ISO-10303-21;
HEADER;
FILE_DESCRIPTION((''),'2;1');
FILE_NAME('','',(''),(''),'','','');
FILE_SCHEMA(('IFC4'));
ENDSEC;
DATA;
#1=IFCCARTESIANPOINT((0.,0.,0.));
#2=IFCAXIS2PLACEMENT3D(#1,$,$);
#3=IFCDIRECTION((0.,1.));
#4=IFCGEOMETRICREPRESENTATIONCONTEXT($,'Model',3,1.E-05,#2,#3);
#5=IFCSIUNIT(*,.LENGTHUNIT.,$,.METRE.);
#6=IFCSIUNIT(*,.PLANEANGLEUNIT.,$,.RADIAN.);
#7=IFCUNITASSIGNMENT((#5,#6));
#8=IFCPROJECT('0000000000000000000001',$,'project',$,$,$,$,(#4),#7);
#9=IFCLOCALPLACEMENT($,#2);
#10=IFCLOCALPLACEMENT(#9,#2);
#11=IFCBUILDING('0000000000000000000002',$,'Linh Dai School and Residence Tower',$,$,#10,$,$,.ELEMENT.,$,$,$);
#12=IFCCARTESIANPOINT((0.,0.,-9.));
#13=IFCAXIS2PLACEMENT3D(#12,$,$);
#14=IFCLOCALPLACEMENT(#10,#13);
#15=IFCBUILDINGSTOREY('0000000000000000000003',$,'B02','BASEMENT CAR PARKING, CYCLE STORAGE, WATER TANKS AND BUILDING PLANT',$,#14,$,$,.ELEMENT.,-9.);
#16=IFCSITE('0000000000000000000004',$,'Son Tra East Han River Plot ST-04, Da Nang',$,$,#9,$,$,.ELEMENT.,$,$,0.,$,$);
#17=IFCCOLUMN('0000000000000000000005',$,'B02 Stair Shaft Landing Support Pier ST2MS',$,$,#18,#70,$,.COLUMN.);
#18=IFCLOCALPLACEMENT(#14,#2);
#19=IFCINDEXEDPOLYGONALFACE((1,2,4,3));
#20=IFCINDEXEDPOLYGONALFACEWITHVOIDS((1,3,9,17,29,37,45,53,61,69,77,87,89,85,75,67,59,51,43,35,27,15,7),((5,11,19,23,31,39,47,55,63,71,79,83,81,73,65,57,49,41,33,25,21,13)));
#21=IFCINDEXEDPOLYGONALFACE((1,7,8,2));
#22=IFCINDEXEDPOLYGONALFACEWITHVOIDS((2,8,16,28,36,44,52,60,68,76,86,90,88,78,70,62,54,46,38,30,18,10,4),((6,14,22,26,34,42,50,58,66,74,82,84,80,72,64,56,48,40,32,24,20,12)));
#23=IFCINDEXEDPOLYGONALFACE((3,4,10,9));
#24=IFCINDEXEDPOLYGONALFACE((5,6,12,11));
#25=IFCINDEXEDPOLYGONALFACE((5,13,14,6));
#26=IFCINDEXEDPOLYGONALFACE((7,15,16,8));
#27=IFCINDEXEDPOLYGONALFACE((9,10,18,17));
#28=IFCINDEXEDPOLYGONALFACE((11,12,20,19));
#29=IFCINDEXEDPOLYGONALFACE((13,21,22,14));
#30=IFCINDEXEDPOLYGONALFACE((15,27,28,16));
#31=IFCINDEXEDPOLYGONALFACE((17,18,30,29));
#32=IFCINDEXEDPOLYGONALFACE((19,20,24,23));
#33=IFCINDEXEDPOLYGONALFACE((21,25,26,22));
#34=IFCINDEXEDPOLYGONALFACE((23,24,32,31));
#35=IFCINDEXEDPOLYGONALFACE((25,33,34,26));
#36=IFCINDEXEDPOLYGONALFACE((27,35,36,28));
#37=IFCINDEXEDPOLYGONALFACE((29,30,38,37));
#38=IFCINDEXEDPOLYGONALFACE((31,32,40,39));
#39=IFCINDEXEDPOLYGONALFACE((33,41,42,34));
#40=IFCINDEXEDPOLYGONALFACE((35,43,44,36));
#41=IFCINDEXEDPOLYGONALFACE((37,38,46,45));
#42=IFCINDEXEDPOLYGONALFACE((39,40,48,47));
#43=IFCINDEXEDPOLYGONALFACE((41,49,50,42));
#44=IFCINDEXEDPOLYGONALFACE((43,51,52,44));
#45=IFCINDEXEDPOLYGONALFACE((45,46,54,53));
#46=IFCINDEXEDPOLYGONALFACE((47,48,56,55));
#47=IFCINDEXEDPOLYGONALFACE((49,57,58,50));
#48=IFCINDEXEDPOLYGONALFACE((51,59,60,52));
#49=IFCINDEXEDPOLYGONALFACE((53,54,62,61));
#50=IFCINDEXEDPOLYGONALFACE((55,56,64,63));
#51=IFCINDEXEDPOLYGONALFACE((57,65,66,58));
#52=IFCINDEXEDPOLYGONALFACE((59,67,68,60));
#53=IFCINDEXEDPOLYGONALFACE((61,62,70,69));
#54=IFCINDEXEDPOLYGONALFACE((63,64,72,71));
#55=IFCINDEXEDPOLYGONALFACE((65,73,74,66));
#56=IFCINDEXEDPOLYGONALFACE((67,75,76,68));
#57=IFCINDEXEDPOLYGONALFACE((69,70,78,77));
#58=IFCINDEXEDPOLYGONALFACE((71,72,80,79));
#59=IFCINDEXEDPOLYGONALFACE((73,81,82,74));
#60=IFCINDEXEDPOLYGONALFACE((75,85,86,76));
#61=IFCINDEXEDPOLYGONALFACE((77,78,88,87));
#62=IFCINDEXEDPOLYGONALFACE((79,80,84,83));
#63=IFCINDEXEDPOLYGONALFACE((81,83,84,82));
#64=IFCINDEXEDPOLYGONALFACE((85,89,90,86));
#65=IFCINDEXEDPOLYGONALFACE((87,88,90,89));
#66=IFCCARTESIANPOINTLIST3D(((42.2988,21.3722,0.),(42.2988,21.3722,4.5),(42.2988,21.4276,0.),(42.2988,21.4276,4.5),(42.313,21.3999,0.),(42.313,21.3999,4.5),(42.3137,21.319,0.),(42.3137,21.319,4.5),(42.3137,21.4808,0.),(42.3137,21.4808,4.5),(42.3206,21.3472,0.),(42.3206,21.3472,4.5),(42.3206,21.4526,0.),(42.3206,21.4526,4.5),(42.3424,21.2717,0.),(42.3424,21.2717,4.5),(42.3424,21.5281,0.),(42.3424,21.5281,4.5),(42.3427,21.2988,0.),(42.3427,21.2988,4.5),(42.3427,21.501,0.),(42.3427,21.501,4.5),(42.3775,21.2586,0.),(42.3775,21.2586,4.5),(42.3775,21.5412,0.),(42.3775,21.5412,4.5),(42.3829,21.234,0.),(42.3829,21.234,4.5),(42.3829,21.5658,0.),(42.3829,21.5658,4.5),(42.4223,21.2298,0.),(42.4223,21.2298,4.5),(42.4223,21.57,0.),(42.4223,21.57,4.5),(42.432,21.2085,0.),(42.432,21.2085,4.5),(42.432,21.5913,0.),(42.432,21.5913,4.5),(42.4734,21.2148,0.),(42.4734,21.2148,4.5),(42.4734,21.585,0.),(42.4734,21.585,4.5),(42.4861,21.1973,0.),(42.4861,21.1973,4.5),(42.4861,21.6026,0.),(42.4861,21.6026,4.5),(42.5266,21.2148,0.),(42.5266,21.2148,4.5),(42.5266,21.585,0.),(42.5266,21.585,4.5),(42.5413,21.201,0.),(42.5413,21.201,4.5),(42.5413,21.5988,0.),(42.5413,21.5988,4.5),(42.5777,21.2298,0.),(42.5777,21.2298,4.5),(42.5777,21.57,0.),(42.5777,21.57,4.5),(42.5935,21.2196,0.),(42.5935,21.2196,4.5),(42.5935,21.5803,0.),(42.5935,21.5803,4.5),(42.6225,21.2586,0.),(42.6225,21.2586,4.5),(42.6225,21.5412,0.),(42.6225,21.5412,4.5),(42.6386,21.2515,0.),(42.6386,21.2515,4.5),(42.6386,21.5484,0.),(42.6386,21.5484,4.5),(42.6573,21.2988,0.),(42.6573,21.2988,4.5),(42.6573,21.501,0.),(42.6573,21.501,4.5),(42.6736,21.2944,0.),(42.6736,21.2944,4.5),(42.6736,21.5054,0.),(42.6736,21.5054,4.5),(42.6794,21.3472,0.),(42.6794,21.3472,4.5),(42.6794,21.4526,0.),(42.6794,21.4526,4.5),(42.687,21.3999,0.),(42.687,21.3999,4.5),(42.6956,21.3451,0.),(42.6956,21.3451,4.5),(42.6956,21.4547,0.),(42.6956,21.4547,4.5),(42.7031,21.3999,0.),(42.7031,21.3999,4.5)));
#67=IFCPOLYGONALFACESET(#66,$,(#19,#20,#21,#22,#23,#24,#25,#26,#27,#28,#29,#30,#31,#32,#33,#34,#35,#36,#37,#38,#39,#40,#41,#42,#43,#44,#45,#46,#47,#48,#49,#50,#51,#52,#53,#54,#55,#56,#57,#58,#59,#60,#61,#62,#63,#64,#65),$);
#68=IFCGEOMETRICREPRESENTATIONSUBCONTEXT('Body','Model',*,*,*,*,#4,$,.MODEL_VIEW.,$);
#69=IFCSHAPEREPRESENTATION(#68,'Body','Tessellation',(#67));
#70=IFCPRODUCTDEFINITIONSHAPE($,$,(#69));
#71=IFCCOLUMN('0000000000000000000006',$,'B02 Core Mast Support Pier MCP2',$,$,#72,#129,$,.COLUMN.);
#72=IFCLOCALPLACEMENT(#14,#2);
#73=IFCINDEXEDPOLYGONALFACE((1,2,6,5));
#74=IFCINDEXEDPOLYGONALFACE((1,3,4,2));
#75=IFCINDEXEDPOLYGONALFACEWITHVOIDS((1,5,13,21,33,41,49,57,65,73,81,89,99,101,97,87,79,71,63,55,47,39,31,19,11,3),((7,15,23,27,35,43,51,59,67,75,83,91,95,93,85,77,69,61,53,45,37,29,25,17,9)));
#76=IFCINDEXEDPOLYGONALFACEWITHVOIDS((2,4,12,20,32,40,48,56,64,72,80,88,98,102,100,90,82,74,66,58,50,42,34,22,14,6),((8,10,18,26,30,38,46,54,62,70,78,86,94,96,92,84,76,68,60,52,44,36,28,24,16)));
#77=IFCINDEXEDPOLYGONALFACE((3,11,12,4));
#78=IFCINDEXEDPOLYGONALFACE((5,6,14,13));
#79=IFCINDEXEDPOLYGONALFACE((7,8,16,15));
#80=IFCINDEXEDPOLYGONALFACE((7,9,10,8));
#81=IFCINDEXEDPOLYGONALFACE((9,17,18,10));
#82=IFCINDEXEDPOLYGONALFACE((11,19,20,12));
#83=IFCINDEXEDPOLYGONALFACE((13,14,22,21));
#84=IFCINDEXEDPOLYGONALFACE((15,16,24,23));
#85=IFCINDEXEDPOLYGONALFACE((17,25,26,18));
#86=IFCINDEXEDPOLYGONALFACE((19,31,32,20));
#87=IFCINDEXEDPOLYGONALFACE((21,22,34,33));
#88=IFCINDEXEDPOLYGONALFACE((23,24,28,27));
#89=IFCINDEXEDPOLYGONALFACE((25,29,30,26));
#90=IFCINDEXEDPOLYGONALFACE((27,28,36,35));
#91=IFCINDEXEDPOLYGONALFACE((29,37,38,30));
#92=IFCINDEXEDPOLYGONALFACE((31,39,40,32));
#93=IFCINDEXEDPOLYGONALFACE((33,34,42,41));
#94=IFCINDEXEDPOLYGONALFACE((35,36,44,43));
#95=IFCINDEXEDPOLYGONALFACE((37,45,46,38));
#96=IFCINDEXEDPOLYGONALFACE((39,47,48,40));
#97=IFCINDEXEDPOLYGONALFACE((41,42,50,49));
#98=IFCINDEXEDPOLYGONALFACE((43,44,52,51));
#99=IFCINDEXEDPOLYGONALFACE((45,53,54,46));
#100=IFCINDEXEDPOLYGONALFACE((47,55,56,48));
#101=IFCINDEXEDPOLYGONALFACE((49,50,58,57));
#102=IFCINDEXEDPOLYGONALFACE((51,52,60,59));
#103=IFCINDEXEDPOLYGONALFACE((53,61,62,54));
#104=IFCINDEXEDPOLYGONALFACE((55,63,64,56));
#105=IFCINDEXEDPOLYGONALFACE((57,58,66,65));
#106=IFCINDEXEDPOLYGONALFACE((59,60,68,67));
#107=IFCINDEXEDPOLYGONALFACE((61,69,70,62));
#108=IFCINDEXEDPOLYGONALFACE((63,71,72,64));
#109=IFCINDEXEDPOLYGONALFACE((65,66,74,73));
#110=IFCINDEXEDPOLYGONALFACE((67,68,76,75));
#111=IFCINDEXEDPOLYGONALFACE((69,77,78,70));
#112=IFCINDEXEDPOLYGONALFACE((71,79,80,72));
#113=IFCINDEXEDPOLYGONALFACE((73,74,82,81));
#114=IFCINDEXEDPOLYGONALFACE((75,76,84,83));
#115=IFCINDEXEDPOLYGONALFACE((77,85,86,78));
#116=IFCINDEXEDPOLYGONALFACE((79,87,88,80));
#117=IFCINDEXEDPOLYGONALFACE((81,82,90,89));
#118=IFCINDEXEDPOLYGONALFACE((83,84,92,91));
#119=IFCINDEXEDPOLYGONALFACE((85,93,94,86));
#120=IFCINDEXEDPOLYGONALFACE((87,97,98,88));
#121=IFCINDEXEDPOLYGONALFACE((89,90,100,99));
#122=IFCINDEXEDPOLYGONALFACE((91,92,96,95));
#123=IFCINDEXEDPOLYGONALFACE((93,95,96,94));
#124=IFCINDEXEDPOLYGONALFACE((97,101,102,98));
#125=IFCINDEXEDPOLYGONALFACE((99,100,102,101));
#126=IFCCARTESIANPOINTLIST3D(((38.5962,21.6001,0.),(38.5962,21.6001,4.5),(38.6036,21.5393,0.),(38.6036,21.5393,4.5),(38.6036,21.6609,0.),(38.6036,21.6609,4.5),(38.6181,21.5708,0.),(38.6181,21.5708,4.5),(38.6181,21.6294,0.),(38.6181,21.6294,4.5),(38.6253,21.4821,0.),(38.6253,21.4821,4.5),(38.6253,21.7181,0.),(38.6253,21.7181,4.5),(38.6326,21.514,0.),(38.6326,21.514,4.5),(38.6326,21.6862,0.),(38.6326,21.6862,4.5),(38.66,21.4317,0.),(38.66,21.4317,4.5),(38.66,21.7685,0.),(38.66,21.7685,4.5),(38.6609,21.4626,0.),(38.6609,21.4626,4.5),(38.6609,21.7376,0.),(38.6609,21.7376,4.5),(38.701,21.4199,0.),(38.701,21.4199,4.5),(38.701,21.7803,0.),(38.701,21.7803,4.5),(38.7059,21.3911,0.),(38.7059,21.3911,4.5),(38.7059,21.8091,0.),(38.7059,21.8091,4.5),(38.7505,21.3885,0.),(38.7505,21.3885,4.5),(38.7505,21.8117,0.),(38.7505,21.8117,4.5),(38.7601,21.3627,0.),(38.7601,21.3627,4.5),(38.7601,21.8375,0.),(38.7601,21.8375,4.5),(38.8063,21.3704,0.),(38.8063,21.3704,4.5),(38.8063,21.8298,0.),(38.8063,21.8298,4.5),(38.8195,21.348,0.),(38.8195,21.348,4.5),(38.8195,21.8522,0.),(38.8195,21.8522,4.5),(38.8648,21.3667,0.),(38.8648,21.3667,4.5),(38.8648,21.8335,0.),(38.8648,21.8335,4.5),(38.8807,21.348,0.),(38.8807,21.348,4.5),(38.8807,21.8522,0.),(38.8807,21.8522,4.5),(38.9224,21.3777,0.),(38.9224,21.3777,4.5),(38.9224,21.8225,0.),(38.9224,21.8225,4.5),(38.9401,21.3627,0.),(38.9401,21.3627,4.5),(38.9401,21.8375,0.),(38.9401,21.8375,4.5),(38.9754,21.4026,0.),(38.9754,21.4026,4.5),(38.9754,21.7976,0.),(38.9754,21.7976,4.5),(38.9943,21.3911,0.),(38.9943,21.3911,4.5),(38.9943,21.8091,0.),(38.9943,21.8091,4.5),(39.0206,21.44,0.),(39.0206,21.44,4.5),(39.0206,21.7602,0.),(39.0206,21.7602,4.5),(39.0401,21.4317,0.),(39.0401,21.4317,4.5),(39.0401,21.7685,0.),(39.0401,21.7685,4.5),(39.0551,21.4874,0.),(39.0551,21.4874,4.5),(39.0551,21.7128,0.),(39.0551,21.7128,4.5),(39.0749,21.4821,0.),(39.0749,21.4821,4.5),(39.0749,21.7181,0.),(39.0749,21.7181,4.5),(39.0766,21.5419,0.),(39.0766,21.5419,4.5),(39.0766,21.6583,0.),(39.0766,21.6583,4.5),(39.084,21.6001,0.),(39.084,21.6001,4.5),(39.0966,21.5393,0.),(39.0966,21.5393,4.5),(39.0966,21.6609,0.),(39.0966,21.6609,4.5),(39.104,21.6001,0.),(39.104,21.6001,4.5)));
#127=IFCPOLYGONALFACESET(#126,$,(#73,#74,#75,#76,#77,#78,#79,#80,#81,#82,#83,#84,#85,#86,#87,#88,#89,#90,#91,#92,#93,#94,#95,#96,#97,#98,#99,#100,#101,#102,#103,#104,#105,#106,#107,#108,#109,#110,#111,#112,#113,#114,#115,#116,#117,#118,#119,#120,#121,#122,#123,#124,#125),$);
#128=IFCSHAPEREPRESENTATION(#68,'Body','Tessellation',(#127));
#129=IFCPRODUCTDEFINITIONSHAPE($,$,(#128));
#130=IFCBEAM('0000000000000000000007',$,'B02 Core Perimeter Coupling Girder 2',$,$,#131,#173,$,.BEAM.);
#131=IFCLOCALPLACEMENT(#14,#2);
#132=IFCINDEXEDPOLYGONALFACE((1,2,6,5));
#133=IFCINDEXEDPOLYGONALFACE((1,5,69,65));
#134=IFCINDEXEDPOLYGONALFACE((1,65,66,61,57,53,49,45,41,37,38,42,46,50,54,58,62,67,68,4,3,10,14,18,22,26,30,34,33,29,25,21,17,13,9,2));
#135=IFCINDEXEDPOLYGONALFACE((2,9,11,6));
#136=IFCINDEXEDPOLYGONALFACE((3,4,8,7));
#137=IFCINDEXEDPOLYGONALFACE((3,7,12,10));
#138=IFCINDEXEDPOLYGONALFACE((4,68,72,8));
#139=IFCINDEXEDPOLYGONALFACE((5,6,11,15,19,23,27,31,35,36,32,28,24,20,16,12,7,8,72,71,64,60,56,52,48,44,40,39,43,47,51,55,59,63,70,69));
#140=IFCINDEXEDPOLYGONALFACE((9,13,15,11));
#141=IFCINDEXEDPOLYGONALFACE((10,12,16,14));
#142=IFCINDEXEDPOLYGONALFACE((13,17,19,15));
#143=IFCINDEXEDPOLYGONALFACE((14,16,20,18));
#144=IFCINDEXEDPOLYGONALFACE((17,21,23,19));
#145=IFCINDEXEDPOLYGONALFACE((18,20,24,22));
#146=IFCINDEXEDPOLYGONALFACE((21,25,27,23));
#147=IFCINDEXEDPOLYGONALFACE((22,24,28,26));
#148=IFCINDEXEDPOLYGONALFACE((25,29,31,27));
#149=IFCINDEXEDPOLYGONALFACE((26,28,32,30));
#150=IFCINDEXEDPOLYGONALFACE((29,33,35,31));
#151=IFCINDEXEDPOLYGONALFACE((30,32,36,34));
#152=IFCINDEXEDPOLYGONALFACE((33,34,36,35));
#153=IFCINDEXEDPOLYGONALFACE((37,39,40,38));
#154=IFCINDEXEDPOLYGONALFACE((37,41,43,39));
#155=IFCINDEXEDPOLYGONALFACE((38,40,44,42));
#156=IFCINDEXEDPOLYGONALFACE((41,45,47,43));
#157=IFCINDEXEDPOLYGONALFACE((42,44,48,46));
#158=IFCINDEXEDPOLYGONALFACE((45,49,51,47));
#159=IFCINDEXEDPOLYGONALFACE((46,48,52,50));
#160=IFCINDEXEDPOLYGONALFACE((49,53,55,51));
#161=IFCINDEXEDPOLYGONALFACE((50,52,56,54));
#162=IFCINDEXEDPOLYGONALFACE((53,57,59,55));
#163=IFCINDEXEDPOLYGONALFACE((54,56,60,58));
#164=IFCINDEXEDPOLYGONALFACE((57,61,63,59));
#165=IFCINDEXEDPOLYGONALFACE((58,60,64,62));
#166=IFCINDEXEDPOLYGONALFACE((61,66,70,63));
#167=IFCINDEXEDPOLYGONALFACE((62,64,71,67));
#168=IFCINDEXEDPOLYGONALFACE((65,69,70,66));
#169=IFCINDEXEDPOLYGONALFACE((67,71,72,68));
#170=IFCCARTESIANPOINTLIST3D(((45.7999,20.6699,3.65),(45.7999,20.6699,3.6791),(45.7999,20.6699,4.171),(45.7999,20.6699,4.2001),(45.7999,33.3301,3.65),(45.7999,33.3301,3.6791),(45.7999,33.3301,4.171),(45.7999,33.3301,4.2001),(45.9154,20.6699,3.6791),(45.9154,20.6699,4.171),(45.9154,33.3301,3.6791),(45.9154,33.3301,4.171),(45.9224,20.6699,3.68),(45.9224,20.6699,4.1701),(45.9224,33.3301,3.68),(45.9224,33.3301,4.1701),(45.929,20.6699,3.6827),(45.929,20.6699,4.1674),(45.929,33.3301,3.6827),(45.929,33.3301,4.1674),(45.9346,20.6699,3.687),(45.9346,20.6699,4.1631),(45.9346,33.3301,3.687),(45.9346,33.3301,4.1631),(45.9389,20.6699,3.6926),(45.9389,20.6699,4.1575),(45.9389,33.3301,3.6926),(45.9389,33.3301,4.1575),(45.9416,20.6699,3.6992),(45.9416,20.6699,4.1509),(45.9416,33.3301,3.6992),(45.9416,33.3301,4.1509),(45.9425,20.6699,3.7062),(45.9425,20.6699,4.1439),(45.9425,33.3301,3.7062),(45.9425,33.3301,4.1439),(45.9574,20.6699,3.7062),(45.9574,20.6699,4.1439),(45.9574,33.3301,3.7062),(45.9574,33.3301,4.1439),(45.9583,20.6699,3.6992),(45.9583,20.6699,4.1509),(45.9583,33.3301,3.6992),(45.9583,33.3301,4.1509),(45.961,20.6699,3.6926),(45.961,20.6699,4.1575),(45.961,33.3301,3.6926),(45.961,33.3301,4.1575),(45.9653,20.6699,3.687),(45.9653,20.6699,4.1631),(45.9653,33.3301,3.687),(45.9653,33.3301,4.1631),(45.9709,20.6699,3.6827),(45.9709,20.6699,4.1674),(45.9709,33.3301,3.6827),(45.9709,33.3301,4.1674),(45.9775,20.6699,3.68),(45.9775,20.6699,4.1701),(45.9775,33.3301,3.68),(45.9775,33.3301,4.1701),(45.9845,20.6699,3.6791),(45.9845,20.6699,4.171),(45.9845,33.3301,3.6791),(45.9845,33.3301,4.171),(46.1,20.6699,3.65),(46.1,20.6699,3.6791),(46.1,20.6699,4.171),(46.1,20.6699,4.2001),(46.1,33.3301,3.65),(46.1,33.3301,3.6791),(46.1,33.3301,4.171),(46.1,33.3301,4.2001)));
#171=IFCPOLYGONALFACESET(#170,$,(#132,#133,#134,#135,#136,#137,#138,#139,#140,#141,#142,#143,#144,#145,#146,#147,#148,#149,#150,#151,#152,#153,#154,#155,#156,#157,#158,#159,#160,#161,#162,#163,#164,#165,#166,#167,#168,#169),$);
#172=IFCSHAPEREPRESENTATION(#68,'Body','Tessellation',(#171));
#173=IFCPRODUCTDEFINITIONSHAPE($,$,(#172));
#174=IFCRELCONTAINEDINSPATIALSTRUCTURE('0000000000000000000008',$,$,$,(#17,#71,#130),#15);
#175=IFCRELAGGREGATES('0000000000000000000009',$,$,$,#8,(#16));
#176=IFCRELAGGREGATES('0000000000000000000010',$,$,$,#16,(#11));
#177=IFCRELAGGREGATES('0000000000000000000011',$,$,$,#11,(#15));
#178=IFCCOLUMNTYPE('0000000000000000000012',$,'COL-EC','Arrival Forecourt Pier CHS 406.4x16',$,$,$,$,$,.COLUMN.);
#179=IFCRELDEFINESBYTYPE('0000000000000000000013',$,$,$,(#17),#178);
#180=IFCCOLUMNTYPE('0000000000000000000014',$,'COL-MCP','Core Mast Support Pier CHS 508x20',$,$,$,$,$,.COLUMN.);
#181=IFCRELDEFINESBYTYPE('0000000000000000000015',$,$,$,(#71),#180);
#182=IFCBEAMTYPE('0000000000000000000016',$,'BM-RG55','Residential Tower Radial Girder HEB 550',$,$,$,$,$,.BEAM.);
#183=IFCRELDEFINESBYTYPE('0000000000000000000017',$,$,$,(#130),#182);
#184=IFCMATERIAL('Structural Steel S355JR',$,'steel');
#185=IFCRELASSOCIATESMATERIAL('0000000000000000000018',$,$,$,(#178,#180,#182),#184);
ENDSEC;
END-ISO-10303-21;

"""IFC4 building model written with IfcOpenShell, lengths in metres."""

from ifc_helpers import new_model, si_unit, direction, frame, origin, origin_2d, place, context, subcontext, project, spatial, hollow_circle, i_section, extrude, material, material_profile, profile_set, type_object, element, save


model = new_model("IFC4")

# Units and contexts
model_context = context("Model", 3, precision=1e-05, world=origin(), true_north=direction((0.0, 1.0)))
body_context = subcontext(model_context, "Body", "Model", "MODEL_VIEW")
ifc_project = project(units=[si_unit("LENGTHUNIT", "METRE"), si_unit("PLANEANGLEUNIT", "RADIAN")], contexts=[model_context])

# Site, building, storey
site_placement = place(None, origin())
site = spatial("IfcSite", under=ifc_project, at=site_placement, Name="Son Tra East Han River Plot ST-04, Da Nang", CompositionType="ELEMENT", RefElevation=0.0)
building_placement = place(site_placement, origin())
building = spatial("IfcBuilding", under=site, at=building_placement, Name="Linh Dai School and Residence Tower", CompositionType="ELEMENT")
storey_placement = place(building_placement, frame((0.0, 0.0, -9.0)))
storey = spatial("IfcBuildingStorey", under=building, at=storey_placement, Name="B02", Description="BASEMENT CAR PARKING, CYCLE STORAGE, WATER TANKS AND BUILDING PLANT", CompositionType="ELEMENT", Elevation=-9.0)

# Columns
ifc_material_1 = material(Name="Structural Steel S355JR", Category="steel")
ifc_material_profile_1 = material_profile(ifc_material_1, hollow_circle(Radius=0.2031, WallThickness=0.0161, at=origin_2d()), Name="CHS 406.4x16")
ifc_profile_set_1 = profile_set([ifc_material_profile_1], Name="Structural Steel S355JR")
column_type_1 = type_object("IfcColumnType", Name="COL-EC", Description="Arrival Forecourt Pier CHS 406.4x16", PredefinedType="COLUMN", material=ifc_profile_set_1)
for number, where, z_axis, x_axis, name in (
    (1, (42.5, 21.3999, 0.0), (0.0, 0.0, 1.0), (1.0, 0.0, 0.0), "B02 Stair Shaft Landing Support Pier ST2MS"),
):
    element("IfcColumn", number, at=place(storey_placement, frame(where, z_axis=z_axis, x_axis=x_axis)), inside=storey, type_object=column_type_1, Name=name, PredefinedType="COLUMN", context=body_context, shape_type="SweptSolid", body=[
        extrude(hollow_circle(Radius=0.2031, WallThickness=0.0161, at=origin_2d()), origin(), (0.0, 0.0, 1.0), 4.5),
    ])
ifc_material_profile_2 = material_profile(ifc_material_1, hollow_circle(Radius=0.2539, WallThickness=0.02, at=origin_2d()), Name="CHS 508x20")
ifc_profile_set_2 = profile_set([ifc_material_profile_2], Name="Structural Steel S355JR")
column_type_2 = type_object("IfcColumnType", Name="COL-MCP", Description="Core Mast Support Pier CHS 508x20", PredefinedType="COLUMN", material=ifc_profile_set_2)
column_1_placement = place(storey_placement, frame((38.8501, 21.6001, 0.0), z_axis=(0.0, 0.0, 1.0), x_axis=(1.0, 0.0, 0.0)))
element("IfcColumn", 2, at=column_1_placement, inside=storey, type_object=column_type_2, Name="B02 Core Mast Support Pier MCP2", PredefinedType="COLUMN", context=body_context, shape_type="SweptSolid", body=[
    extrude(hollow_circle(Radius=0.2539, WallThickness=0.02, at=origin_2d()), origin(), (0.0, 0.0, 1.0), 4.5),
])

# Beam
ifc_material_profile_3 = material_profile(ifc_material_1, i_section(OverallWidth=0.3, OverallDepth=0.55, WebThickness=0.0149, FlangeThickness=0.0291, FilletRadius=0.0271, at=origin_2d()), Name="HEB 550")
ifc_profile_set_3 = profile_set([ifc_material_profile_3], Name="Structural Steel S355JR")
beam_type_1 = type_object("IfcBeamType", Name="BM-RG55", Description="Residential Tower Radial Girder HEB 550", PredefinedType="BEAM", material=ifc_profile_set_3)
beam_1_placement = place(storey_placement, frame((45.95, 20.6699, 3.925), z_axis=(0.0, 1.0, 0.0), x_axis=(-1.0, 0.0, 0.0)))
element("IfcBeam", 3, at=beam_1_placement, inside=storey, type_object=beam_type_1, Name="B02 Core Perimeter Coupling Girder 2", PredefinedType="BEAM", context=body_context, shape_type="SweptSolid", body=[
    extrude(i_section(OverallWidth=0.3, OverallDepth=0.55, WebThickness=0.0149, FlangeThickness=0.0291, FilletRadius=0.0271, at=origin_2d()), origin(), (0.0, 0.0, 1.0), 12.6602),
])

save(model, "model.ifc")
